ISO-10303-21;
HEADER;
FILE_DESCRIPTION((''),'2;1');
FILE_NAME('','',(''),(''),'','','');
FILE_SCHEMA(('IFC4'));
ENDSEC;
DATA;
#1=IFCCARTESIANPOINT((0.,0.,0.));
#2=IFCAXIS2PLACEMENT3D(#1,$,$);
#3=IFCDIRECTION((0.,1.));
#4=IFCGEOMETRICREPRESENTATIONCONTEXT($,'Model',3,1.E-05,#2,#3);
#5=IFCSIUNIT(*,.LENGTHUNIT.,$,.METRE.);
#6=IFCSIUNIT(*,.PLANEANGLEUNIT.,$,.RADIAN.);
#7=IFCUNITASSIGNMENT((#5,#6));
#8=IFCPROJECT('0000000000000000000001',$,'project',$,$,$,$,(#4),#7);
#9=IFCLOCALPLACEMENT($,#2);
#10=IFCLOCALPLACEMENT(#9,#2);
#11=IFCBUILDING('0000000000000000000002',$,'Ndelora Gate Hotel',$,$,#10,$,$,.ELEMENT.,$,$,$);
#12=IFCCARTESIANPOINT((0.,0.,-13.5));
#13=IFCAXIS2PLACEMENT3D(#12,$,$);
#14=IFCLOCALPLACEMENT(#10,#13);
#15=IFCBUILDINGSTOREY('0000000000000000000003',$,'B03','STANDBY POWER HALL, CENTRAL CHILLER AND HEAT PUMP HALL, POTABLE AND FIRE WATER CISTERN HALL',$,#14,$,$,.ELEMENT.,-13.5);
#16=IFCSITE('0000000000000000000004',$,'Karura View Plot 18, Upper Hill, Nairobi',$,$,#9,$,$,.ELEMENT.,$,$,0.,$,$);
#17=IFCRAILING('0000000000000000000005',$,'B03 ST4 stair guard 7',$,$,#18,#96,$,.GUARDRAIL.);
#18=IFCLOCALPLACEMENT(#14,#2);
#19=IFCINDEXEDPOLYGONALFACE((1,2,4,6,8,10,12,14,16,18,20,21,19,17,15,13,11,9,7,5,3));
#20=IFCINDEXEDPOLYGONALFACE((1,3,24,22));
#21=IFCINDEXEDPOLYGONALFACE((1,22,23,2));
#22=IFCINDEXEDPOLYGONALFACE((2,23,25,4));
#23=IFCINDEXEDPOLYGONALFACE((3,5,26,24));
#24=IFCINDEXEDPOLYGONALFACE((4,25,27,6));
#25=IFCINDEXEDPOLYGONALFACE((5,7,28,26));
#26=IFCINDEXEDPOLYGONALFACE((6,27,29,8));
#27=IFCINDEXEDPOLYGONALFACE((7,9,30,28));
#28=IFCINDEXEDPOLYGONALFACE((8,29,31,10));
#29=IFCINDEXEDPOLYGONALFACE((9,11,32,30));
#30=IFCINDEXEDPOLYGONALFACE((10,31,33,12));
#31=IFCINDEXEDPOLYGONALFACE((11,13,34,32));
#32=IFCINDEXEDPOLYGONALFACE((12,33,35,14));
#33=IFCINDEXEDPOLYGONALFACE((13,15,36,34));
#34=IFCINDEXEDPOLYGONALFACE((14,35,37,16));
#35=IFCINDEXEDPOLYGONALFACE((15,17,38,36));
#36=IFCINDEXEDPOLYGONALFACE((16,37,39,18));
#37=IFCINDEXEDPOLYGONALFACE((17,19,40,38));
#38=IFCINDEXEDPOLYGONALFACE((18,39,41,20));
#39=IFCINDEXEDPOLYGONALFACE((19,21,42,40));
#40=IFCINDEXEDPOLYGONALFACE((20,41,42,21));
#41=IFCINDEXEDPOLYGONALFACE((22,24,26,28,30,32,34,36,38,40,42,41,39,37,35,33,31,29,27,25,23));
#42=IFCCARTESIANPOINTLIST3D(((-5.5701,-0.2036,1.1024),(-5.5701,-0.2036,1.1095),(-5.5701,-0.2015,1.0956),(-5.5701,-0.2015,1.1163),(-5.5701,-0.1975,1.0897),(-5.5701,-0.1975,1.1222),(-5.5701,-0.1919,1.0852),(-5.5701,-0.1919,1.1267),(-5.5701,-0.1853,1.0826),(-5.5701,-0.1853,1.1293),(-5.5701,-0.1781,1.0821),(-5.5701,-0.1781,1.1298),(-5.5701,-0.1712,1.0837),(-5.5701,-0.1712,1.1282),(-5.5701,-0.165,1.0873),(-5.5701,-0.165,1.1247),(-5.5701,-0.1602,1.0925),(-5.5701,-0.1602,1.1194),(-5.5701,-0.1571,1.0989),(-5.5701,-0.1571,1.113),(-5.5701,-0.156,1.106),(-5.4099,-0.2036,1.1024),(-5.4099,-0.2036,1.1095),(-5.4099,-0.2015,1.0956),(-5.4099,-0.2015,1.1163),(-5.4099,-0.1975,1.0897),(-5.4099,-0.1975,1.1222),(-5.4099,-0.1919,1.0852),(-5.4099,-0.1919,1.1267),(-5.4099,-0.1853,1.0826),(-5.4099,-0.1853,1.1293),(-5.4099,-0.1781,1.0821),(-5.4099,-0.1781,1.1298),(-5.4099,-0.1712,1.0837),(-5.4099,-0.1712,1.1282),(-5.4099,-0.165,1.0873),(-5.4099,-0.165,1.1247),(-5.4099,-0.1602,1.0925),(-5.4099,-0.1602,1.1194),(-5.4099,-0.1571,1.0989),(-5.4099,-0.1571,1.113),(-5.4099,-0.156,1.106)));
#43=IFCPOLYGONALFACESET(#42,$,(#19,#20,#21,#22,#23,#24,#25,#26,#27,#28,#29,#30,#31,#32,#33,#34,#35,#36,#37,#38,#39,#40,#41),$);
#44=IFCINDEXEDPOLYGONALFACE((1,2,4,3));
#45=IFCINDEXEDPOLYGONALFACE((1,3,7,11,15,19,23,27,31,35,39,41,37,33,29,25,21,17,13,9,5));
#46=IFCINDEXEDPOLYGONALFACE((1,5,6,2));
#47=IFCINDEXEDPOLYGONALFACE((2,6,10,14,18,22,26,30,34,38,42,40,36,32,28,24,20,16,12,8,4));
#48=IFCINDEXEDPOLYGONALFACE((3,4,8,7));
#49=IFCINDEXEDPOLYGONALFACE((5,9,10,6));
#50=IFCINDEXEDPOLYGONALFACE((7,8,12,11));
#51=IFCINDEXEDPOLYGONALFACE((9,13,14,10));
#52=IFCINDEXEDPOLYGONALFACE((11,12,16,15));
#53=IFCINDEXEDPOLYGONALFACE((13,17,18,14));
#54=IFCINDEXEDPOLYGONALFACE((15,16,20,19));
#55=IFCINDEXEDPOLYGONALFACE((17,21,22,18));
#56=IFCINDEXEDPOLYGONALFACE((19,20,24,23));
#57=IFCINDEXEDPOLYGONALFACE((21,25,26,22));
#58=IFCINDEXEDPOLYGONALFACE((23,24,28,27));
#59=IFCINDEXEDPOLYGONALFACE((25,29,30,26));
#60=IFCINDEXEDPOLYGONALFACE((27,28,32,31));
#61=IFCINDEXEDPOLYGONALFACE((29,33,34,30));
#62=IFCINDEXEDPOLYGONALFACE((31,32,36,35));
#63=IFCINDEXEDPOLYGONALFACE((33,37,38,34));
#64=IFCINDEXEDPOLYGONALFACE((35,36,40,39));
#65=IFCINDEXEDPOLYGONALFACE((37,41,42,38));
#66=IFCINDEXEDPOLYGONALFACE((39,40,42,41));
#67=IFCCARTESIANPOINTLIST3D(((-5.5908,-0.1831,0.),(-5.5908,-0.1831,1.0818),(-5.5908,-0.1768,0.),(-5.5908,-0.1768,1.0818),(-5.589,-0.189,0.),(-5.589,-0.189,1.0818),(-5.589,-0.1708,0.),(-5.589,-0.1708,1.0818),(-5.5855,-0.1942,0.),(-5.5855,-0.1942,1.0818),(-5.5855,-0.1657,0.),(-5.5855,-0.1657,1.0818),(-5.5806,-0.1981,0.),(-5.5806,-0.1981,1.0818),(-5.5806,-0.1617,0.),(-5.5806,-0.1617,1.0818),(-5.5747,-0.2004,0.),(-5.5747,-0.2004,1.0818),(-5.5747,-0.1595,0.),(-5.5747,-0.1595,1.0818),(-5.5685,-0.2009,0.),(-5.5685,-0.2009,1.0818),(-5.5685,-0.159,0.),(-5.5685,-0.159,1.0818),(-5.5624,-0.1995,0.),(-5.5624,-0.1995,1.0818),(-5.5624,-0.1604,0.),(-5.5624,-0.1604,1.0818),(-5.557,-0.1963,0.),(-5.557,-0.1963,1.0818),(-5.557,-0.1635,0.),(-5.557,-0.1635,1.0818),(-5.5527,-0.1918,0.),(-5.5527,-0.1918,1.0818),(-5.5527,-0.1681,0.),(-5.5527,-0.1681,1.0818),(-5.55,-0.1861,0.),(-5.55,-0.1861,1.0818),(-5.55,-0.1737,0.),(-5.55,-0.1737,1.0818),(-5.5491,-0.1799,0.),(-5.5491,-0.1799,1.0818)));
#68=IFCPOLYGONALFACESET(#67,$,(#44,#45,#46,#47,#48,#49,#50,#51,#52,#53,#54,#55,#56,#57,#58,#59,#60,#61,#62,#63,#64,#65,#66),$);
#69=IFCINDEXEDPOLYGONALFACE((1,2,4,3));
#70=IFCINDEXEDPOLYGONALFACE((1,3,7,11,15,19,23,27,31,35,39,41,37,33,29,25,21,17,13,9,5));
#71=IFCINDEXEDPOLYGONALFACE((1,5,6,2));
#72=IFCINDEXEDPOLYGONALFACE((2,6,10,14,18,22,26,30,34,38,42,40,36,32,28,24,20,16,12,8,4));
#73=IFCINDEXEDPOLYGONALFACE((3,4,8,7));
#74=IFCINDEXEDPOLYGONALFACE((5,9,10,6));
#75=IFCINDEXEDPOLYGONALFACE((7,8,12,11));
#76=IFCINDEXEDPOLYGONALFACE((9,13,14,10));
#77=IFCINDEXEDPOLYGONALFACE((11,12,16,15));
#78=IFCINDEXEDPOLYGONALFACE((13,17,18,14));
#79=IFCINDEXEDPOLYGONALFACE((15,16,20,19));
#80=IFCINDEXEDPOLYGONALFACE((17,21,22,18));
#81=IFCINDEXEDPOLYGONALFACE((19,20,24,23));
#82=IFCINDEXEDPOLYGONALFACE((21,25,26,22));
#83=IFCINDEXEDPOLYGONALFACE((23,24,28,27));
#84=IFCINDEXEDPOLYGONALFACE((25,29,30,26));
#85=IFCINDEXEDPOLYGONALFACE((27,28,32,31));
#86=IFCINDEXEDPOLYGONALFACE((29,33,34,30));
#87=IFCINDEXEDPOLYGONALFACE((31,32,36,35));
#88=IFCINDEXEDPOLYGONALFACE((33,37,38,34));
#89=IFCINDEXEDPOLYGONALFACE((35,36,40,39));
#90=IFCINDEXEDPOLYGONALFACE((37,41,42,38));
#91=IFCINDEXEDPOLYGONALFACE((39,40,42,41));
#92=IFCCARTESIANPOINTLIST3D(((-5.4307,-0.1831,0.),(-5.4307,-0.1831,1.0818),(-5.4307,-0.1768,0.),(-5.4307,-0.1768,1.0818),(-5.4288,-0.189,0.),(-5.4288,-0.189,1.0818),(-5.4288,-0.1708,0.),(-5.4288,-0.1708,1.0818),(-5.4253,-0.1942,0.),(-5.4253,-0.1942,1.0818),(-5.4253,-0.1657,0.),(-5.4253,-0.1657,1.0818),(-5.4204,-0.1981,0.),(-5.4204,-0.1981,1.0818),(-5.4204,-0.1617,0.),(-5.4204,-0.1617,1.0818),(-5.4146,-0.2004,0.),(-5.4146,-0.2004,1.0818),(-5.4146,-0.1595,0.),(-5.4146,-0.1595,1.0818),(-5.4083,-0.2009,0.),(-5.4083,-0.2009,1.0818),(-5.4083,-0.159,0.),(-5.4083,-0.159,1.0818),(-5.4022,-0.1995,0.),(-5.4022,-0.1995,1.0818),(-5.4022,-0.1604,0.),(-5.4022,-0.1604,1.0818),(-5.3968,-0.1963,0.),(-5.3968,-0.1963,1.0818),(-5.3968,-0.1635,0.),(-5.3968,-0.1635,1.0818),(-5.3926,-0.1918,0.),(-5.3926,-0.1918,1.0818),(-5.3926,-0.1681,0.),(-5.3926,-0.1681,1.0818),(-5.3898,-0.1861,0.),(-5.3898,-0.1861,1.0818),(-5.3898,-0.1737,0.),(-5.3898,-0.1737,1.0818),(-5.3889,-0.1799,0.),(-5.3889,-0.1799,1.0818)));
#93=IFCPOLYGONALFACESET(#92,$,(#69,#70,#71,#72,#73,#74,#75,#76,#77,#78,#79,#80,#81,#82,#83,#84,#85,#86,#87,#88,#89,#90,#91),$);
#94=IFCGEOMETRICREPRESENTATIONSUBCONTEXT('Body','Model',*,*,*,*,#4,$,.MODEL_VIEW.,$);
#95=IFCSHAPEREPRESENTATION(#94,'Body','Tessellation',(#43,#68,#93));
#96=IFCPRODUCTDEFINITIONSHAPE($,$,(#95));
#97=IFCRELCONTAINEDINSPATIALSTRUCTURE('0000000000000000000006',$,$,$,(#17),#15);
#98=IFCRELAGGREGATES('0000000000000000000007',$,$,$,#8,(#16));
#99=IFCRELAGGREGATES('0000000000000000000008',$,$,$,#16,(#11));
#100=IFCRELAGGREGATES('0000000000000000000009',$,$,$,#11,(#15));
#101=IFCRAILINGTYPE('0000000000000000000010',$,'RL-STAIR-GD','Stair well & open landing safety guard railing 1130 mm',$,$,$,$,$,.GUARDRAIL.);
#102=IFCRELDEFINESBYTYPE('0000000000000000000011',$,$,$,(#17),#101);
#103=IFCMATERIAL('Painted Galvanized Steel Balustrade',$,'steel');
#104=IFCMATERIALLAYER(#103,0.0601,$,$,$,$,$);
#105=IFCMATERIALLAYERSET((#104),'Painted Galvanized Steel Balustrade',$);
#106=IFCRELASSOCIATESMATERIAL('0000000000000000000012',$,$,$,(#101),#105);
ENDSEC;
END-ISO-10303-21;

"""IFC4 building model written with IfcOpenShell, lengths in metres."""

from ifc_helpers import new_model, si_unit, direction, frame, origin, origin_2d, place, context, subcontext, project, spatial, circle, extrude, material, layer, layer_set, type_object, element, save


model = new_model("IFC4")

# Units and contexts
model_context = context("Model", 3, precision=1e-05, world=origin(), true_north=direction((0.0, 1.0)))
body_context = subcontext(model_context, "Body", "Model", "MODEL_VIEW")
ifc_project = project(units=[si_unit("LENGTHUNIT", "METRE"), si_unit("PLANEANGLEUNIT", "RADIAN")], contexts=[model_context])

# Site, building, storey
site_placement = place(None, origin())
site = spatial("IfcSite", under=ifc_project, at=site_placement, Name="Karura View Plot 18, Upper Hill, Nairobi", CompositionType="ELEMENT", RefElevation=0.0)
building_placement = place(site_placement, origin())
building = spatial("IfcBuilding", under=site, at=building_placement, Name="Ndelora Gate Hotel", CompositionType="ELEMENT")
storey_placement = place(building_placement, frame((0.0, 0.0, -13.5)))
storey = spatial("IfcBuildingStorey", under=building, at=storey_placement, Name="B03", Description="STANDBY POWER HALL, CENTRAL CHILLER AND HEAT PUMP HALL, POTABLE AND FIRE WATER CISTERN HALL", CompositionType="ELEMENT", Elevation=-13.5)

# Railing
ifc_material_1 = material(Name="Painted Galvanized Steel Balustrade", Category="steel")
ifc_layer_1 = layer(ifc_material_1, 0.0601)
ifc_layer_set_1 = layer_set([ifc_layer_1], Name="Painted Galvanized Steel Balustrade")
railing_type_1 = type_object("IfcRailingType", Name="RL-STAIR-GD", Description="Stair well & open landing safety guard railing 1130 mm", PredefinedType="GUARDRAIL", material=ifc_layer_set_1)
railing_1_placement = place(storey_placement, frame((-5.5701, -0.1799, 0.0)))
element("IfcRailing", 1, at=railing_1_placement, inside=storey, type_object=railing_type_1, Name="B03 ST4 stair guard 7", PredefinedType="GUARDRAIL", context=body_context, shape_type="SweptSolid", body=[
    extrude(circle(Radius=0.0239, at=origin_2d()), frame((0.0, 0.0, 1.106), z_axis=(1.0, 0.0, 0.0), x_axis=(0.0, 1.0, 0.0)), (0.0, 0.0, 1.0), 0.1602),
    extrude(circle(Radius=0.021, at=origin_2d()), origin(), (0.0, 0.0, 1.0), 1.0818),
    extrude(circle(Radius=0.021, at=origin_2d()), frame((0.1602, 0.0, 0.0)), (0.0, 0.0, 1.0), 1.0818),
])

save(model, "model.ifc")
